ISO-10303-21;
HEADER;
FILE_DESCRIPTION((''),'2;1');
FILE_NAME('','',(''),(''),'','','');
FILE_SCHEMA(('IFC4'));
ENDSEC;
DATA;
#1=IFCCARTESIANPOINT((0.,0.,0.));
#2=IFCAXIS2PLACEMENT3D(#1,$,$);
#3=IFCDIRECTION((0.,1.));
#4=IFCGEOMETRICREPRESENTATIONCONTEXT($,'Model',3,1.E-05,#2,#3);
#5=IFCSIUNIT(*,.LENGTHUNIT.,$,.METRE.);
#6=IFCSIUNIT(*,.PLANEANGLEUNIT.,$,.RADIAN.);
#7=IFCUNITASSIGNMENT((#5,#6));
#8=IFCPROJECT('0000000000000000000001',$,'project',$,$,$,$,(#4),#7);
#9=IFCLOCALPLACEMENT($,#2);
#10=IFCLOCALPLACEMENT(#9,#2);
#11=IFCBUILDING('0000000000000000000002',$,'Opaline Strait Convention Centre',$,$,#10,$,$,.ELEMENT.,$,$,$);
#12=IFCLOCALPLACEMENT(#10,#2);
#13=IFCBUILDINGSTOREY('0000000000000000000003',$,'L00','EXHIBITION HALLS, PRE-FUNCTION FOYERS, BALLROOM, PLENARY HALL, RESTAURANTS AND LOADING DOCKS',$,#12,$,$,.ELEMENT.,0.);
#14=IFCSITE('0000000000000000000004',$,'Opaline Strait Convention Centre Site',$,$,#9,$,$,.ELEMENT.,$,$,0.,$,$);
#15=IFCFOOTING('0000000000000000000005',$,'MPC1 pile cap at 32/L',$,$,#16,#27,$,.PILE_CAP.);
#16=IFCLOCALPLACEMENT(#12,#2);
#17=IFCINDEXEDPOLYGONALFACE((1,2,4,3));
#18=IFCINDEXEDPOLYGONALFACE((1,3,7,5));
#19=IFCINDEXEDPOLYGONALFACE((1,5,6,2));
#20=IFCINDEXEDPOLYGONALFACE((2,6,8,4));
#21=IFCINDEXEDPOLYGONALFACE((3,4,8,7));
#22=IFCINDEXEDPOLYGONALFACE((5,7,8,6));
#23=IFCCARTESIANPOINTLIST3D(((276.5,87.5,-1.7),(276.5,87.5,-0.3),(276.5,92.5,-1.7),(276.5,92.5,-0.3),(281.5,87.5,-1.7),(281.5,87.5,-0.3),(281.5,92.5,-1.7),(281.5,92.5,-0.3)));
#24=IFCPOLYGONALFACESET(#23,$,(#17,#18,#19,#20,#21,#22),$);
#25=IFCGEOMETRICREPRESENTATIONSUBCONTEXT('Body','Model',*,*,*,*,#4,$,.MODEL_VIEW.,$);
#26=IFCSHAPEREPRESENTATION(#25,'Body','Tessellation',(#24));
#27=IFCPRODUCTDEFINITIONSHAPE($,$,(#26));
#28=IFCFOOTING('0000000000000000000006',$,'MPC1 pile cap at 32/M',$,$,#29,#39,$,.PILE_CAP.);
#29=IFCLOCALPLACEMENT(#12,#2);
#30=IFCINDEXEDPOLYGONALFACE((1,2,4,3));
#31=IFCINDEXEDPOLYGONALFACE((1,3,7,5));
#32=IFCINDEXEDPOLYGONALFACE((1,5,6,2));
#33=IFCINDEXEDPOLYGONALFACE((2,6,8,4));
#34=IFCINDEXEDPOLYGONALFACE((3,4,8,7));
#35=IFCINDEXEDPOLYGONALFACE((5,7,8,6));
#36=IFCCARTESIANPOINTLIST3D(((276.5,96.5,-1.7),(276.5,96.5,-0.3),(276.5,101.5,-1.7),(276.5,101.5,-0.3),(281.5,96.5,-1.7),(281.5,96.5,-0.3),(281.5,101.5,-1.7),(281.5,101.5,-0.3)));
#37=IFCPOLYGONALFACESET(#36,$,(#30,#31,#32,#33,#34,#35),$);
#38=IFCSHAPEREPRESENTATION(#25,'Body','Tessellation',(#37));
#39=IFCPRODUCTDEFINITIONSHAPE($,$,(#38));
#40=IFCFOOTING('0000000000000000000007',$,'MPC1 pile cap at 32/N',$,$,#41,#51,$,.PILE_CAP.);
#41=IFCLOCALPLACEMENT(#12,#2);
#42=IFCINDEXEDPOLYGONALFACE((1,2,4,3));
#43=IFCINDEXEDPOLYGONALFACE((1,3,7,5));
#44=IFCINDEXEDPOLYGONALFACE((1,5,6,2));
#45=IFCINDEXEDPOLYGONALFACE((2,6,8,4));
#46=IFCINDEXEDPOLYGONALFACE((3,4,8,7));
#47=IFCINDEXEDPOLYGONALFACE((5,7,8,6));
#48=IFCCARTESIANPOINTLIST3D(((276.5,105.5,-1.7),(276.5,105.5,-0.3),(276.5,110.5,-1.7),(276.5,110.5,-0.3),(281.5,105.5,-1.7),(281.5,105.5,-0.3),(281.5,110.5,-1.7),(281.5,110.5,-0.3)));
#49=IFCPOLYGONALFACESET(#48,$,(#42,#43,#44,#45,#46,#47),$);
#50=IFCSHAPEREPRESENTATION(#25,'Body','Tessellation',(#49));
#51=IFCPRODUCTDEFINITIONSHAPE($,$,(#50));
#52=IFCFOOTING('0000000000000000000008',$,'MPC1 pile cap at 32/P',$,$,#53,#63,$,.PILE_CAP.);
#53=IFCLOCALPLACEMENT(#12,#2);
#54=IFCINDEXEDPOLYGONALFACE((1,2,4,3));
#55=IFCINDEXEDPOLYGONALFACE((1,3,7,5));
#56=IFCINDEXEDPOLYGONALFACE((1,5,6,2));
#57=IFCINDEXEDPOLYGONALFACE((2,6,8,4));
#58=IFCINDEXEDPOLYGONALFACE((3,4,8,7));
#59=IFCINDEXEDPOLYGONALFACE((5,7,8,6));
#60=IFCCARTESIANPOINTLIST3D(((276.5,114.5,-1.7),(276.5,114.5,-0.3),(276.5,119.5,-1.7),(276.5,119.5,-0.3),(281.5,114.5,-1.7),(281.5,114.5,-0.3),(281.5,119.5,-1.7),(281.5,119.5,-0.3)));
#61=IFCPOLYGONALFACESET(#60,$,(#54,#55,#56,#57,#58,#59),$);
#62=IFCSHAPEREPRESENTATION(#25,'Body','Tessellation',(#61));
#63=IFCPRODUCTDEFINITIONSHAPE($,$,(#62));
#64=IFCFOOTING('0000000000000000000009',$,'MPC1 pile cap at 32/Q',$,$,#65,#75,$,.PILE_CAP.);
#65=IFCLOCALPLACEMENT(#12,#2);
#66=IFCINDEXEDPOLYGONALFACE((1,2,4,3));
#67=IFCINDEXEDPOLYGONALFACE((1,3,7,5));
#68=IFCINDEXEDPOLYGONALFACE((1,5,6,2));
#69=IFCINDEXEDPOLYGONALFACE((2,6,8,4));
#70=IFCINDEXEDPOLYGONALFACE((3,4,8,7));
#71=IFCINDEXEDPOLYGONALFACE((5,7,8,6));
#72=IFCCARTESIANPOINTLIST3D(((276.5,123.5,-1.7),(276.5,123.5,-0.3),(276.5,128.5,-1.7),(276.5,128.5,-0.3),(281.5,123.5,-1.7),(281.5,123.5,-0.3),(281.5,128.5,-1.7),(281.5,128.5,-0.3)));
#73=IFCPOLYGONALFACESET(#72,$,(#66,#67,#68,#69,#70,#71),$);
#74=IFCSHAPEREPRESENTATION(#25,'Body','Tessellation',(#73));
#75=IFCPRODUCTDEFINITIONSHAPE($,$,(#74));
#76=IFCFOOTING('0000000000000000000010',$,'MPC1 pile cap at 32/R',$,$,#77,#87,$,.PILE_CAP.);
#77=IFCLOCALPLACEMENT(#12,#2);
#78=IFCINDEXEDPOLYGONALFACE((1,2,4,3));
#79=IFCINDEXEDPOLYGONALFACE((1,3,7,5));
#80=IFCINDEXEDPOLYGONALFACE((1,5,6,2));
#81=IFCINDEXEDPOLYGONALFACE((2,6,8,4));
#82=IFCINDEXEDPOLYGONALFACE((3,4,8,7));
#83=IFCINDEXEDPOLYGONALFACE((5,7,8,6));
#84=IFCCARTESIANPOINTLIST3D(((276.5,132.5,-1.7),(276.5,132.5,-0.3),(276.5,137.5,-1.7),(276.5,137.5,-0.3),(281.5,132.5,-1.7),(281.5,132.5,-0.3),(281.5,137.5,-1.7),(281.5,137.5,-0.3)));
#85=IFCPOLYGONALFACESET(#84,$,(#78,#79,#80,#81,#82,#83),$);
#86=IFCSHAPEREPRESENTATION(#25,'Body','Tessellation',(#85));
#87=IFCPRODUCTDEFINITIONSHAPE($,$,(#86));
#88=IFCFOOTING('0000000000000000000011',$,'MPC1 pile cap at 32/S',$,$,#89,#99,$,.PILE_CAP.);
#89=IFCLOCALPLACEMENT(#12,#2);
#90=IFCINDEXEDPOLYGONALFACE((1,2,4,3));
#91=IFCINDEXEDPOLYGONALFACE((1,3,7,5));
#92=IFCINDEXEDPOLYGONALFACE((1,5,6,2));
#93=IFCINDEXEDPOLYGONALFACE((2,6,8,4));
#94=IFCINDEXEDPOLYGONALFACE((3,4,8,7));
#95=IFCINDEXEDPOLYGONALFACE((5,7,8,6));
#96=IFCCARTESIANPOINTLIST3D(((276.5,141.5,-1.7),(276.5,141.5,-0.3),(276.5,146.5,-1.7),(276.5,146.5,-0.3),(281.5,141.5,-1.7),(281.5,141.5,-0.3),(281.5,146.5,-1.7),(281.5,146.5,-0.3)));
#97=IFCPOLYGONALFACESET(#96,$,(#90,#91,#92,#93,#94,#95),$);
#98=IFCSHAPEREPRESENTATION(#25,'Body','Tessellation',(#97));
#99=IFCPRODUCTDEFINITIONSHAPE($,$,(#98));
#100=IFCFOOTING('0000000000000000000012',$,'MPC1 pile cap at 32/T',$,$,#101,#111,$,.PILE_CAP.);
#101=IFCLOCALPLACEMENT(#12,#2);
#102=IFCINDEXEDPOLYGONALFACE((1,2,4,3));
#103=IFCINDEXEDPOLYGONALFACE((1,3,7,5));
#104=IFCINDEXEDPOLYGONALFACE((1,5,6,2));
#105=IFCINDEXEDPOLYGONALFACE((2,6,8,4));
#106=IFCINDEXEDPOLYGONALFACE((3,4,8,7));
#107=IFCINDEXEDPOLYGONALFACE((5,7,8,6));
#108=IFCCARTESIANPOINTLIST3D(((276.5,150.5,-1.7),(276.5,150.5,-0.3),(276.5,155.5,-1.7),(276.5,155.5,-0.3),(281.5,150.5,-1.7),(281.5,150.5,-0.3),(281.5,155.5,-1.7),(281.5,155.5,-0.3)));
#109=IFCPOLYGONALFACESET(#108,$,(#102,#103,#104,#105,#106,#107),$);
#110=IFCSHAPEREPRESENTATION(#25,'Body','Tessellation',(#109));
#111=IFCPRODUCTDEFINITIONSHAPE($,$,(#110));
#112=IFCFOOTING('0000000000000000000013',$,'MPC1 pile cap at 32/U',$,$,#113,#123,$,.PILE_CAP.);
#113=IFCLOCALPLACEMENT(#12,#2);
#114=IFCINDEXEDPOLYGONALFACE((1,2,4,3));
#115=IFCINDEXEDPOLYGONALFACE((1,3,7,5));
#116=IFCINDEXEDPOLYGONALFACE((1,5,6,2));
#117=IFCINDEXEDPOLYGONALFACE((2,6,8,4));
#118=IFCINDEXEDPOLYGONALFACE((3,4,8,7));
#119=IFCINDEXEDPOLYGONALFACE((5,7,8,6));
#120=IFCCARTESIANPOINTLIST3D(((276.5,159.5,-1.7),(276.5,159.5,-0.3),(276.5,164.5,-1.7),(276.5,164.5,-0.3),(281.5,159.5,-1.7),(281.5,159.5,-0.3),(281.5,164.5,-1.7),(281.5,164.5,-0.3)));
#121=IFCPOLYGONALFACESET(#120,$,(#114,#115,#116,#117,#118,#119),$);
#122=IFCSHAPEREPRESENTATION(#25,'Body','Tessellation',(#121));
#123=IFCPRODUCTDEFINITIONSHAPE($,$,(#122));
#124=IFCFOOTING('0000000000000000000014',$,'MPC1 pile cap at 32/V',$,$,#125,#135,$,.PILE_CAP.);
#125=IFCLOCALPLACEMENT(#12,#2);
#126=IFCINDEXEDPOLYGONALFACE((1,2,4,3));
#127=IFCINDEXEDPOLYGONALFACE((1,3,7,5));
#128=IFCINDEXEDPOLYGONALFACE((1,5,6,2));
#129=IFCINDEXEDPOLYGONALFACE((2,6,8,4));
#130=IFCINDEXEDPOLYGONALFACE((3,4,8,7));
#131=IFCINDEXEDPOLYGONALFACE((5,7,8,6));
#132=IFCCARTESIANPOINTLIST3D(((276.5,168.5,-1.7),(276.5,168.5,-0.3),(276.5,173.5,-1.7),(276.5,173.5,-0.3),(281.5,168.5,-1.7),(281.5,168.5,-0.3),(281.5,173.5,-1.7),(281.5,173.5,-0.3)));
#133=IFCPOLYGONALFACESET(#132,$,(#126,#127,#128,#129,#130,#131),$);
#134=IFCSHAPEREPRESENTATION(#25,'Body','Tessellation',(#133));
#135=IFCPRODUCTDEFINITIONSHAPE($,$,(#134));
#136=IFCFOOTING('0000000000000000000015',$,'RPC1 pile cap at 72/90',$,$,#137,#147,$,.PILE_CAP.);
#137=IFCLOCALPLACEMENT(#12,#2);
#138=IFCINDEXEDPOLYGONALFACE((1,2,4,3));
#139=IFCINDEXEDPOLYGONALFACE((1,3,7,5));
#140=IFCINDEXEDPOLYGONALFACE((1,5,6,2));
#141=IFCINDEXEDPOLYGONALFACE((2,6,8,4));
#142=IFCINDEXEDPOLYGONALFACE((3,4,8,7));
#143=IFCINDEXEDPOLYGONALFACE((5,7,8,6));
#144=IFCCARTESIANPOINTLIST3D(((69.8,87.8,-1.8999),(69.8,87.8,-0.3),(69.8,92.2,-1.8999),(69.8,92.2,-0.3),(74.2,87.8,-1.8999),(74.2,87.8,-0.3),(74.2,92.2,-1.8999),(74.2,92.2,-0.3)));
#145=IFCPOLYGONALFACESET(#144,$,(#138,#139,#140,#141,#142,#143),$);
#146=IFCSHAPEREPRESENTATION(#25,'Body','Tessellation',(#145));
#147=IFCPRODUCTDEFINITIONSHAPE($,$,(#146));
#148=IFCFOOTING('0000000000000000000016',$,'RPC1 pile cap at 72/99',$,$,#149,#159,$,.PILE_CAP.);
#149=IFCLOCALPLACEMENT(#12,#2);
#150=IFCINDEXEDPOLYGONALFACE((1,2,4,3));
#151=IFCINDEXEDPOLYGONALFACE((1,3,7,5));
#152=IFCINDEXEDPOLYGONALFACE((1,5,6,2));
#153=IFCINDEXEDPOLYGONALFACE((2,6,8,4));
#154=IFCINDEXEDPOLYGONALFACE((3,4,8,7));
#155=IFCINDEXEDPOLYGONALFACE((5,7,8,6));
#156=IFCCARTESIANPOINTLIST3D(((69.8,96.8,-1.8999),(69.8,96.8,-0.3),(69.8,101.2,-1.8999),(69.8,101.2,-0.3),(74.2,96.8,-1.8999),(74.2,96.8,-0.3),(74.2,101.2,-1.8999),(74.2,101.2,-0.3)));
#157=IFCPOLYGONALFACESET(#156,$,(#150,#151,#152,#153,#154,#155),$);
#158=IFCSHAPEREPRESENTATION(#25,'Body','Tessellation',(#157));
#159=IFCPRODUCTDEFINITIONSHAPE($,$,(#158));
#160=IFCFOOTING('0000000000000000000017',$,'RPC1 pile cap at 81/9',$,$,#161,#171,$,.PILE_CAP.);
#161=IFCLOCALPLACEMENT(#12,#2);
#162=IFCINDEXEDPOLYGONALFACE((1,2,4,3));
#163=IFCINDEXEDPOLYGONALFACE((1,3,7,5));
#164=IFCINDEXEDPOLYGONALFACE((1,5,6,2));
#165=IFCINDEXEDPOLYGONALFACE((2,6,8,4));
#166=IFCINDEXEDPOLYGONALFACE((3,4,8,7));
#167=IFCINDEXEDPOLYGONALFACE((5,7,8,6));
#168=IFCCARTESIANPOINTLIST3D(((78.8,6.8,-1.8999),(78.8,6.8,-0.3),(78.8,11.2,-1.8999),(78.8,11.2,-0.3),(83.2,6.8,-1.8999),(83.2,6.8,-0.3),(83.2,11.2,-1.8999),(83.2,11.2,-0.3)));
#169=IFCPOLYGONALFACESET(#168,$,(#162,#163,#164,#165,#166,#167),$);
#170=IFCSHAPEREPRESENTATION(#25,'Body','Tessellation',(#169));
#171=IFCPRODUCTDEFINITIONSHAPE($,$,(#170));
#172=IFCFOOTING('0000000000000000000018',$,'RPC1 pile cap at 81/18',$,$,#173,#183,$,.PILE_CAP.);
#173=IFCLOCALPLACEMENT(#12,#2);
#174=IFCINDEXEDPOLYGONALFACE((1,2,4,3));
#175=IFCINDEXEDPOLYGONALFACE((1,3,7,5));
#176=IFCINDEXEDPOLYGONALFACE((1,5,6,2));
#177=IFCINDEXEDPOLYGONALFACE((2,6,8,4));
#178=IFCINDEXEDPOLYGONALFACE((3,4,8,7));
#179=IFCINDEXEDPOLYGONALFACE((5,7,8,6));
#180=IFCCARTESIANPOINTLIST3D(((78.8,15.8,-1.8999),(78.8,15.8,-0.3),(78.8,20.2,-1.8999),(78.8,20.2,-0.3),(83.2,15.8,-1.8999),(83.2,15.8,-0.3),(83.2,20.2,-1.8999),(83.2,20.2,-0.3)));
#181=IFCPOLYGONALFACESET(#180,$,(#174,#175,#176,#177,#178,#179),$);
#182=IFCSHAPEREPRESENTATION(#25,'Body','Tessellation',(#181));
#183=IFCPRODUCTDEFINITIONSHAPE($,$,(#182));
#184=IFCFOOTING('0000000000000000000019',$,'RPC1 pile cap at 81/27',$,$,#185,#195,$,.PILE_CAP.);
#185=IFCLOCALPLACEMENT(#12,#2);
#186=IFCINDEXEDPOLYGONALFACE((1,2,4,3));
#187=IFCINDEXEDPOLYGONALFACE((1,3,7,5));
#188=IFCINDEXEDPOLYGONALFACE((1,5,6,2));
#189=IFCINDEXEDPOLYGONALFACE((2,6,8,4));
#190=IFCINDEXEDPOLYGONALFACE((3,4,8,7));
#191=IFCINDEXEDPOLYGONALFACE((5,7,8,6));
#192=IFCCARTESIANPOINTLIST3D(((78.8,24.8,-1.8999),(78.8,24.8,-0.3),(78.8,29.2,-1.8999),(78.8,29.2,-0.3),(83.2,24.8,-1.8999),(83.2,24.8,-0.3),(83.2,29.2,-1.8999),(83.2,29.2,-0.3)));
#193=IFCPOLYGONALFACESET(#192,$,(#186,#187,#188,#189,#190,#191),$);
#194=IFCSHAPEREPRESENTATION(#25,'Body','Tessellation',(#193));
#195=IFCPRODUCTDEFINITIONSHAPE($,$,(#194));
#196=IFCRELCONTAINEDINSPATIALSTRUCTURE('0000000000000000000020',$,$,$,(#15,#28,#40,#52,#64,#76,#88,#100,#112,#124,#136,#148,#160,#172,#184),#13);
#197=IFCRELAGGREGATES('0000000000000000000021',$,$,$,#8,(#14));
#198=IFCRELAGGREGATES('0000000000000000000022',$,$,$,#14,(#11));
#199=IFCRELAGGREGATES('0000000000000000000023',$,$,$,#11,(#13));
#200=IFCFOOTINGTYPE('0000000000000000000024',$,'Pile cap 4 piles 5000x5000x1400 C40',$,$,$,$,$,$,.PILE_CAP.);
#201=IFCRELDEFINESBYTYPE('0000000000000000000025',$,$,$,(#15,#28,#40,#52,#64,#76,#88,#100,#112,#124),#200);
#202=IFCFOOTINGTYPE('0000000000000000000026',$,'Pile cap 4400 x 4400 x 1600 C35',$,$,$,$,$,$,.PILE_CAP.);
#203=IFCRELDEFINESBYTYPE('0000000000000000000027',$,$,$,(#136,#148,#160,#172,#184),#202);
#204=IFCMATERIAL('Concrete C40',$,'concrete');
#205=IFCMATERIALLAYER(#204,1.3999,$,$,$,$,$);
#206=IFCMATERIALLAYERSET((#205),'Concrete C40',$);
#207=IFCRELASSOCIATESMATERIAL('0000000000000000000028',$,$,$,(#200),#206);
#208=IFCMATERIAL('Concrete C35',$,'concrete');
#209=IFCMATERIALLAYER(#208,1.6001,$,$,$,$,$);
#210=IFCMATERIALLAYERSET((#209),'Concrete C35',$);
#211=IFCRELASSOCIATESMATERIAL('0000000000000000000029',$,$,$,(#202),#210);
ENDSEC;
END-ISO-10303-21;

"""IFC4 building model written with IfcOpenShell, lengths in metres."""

from ifc_helpers import new_model, si_unit, direction, frame, origin, place, context, subcontext, project, spatial, polyline, outline, extrude, material, layer, layer_set, type_object, element, save


model = new_model("IFC4")

# Units and contexts
model_context = context("Model", 3, precision=1e-05, world=origin(), true_north=direction((0.0, 1.0)))
body_context = subcontext(model_context, "Body", "Model", "MODEL_VIEW")
ifc_project = project(units=[si_unit("LENGTHUNIT", "METRE"), si_unit("PLANEANGLEUNIT", "RADIAN")], contexts=[model_context])

# Site, building, storey
site_placement = place(None, origin())
site = spatial("IfcSite", under=ifc_project, at=site_placement, Name="Opaline Strait Convention Centre Site", CompositionType="ELEMENT", RefElevation=0.0)
building_placement = place(site_placement, origin())
building = spatial("IfcBuilding", under=site, at=building_placement, Name="Opaline Strait Convention Centre", CompositionType="ELEMENT")
storey_placement = place(building_placement, origin())
storey = spatial("IfcBuildingStorey", under=building, at=storey_placement, Name="L00", Description="EXHIBITION HALLS, PRE-FUNCTION FOYERS, BALLROOM, PLENARY HALL, RESTAURANTS AND LOADING DOCKS", CompositionType="ELEMENT", Elevation=0.0)

# Footings
ifc_material_1 = material(Name="Concrete C40", Category="concrete")
ifc_layer_1 = layer(ifc_material_1, 1.3999)
ifc_layer_set_1 = layer_set([ifc_layer_1], Name="Concrete C40")
footing_type_1 = type_object("IfcFootingType", Name="Pile cap 4 piles 5000x5000x1400 C40", PredefinedType="PILE_CAP", material=ifc_layer_set_1)
footing_1_placement = place(storey_placement, frame((0.0, 0.0, -1.7)))
element("IfcFooting", 1, at=footing_1_placement, inside=storey, type_object=footing_type_1, Name="MPC1 pile cap at 32/L", PredefinedType="PILE_CAP", context=body_context, shape_type="SweptSolid", body=[
    extrude(outline(polyline([(276.5, 87.5), (281.5, 87.5), (281.5, 92.5), (276.5, 92.5), (276.5, 87.5)])), origin(), (0.0, 0.0, 1.0), 1.3999),
])
footing_2_placement = place(storey_placement, frame((0.0, 0.0, -1.7)))
element("IfcFooting", 2, at=footing_2_placement, inside=storey, type_object=footing_type_1, Name="MPC1 pile cap at 32/M", PredefinedType="PILE_CAP", context=body_context, shape_type="SweptSolid", body=[
    extrude(outline(polyline([(276.5, 96.5), (281.5, 96.5), (281.5, 101.5), (276.5, 101.5), (276.5, 96.5)])), origin(), (0.0, 0.0, 1.0), 1.3999),
])
footing_3_placement = place(storey_placement, frame((0.0, 0.0, -1.7)))
element("IfcFooting", 3, at=footing_3_placement, inside=storey, type_object=footing_type_1, Name="MPC1 pile cap at 32/N", PredefinedType="PILE_CAP", context=body_context, shape_type="SweptSolid", body=[
    extrude(outline(polyline([(276.5, 105.5), (281.5, 105.5), (281.5, 110.5), (276.5, 110.5), (276.5, 105.5)])), origin(), (0.0, 0.0, 1.0), 1.3999),
])
footing_4_placement = place(storey_placement, frame((0.0, 0.0, -1.7)))
element("IfcFooting", 4, at=footing_4_placement, inside=storey, type_object=footing_type_1, Name="MPC1 pile cap at 32/P", PredefinedType="PILE_CAP", context=body_context, shape_type="SweptSolid", body=[
    extrude(outline(polyline([(276.5, 114.5), (281.5, 114.5), (281.5, 119.5), (276.5, 119.5), (276.5, 114.5)])), origin(), (0.0, 0.0, 1.0), 1.3999),
])
footing_5_placement = place(storey_placement, frame((0.0, 0.0, -1.7)))
element("IfcFooting", 5, at=footing_5_placement, inside=storey, type_object=footing_type_1, Name="MPC1 pile cap at 32/Q", PredefinedType="PILE_CAP", context=body_context, shape_type="SweptSolid", body=[
    extrude(outline(polyline([(276.5, 123.5), (281.5, 123.5), (281.5, 128.5), (276.5, 128.5), (276.5, 123.5)])), origin(), (0.0, 0.0, 1.0), 1.3999),
])
footing_6_placement = place(storey_placement, frame((0.0, 0.0, -1.7)))
element("IfcFooting", 6, at=footing_6_placement, inside=storey, type_object=footing_type_1, Name="MPC1 pile cap at 32/R", PredefinedType="PILE_CAP", context=body_context, shape_type="SweptSolid", body=[
    extrude(outline(polyline([(276.5, 132.5), (281.5, 132.5), (281.5, 137.5), (276.5, 137.5), (276.5, 132.5)])), origin(), (0.0, 0.0, 1.0), 1.3999),
])
footing_7_placement = place(storey_placement, frame((0.0, 0.0, -1.7)))
element("IfcFooting", 7, at=footing_7_placement, inside=storey, type_object=footing_type_1, Name="MPC1 pile cap at 32/S", PredefinedType="PILE_CAP", context=body_context, shape_type="SweptSolid", body=[
    extrude(outline(polyline([(276.5, 141.5), (281.5, 141.5), (281.5, 146.5), (276.5, 146.5), (276.5, 141.5)])), origin(), (0.0, 0.0, 1.0), 1.3999),
])
footing_8_placement = place(storey_placement, frame((0.0, 0.0, -1.7)))
element("IfcFooting", 8, at=footing_8_placement, inside=storey, type_object=footing_type_1, Name="MPC1 pile cap at 32/T", PredefinedType="PILE_CAP", context=body_context, shape_type="SweptSolid", body=[
    extrude(outline(polyline([(276.5, 150.5), (281.5, 150.5), (281.5, 155.5), (276.5, 155.5), (276.5, 150.5)])), origin(), (0.0, 0.0, 1.0), 1.3999),
])
footing_9_placement = place(storey_placement, frame((0.0, 0.0, -1.7)))
element("IfcFooting", 9, at=footing_9_placement, inside=storey, type_object=footing_type_1, Name="MPC1 pile cap at 32/U", PredefinedType="PILE_CAP", context=body_context, shape_type="SweptSolid", body=[
    extrude(outline(polyline([(276.5, 159.5), (281.5, 159.5), (281.5, 164.5), (276.5, 164.5), (276.5, 159.5)])), origin(), (0.0, 0.0, 1.0), 1.3999),
])
footing_10_placement = place(storey_placement, frame((0.0, 0.0, -1.7)))
element("IfcFooting", 10, at=footing_10_placement, inside=storey, type_object=footing_type_1, Name="MPC1 pile cap at 32/V", PredefinedType="PILE_CAP", context=body_context, shape_type="SweptSolid", body=[
    extrude(outline(polyline([(276.5, 168.5), (281.5, 168.5), (281.5, 173.5), (276.5, 173.5), (276.5, 168.5)])), origin(), (0.0, 0.0, 1.0), 1.3999),
])
ifc_material_2 = material(Name="Concrete C35", Category="concrete")
ifc_layer_2 = layer(ifc_material_2, 1.6001)
ifc_layer_set_2 = layer_set([ifc_layer_2], Name="Concrete C35")
footing_type_2 = type_object("IfcFootingType", Name="Pile cap 4400 x 4400 x 1600 C35", PredefinedType="PILE_CAP", material=ifc_layer_set_2)
footing_11_placement = place(storey_placement, frame((0.0, 0.0, -1.8999)))
element("IfcFooting", 11, at=footing_11_placement, inside=storey, type_object=footing_type_2, Name="RPC1 pile cap at 72/90", PredefinedType="PILE_CAP", context=body_context, shape_type="SweptSolid", body=[
    extrude(outline(polyline([(69.8, 87.8), (74.2, 87.8), (74.2, 92.2), (69.8, 92.2), (69.8, 87.8)])), origin(), (0.0, 0.0, 1.0), 1.5999),
])
footing_12_placement = place(storey_placement, frame((0.0, 0.0, -1.8999)))
element("IfcFooting", 12, at=footing_12_placement, inside=storey, type_object=footing_type_2, Name="RPC1 pile cap at 72/99", PredefinedType="PILE_CAP", context=body_context, shape_type="SweptSolid", body=[
    extrude(outline(polyline([(69.8, 96.8), (74.2, 96.8), (74.2, 101.2), (69.8, 101.2), (69.8, 96.8)])), origin(), (0.0, 0.0, 1.0), 1.5999),
])
footing_13_placement = place(storey_placement, frame((0.0, 0.0, -1.8999)))
element("IfcFooting", 13, at=footing_13_placement, inside=storey, type_object=footing_type_2, Name="RPC1 pile cap at 81/9", PredefinedType="PILE_CAP", context=body_context, shape_type="SweptSolid", body=[
    extrude(outline(polyline([(78.8, 6.8), (83.2, 6.8), (83.2, 11.2), (78.8, 11.2), (78.8, 6.8)])), origin(), (0.0, 0.0, 1.0), 1.5999),
])
footing_14_placement = place(storey_placement, frame((0.0, 0.0, -1.8999)))
element("IfcFooting", 14, at=footing_14_placement, inside=storey, type_object=footing_type_2, Name="RPC1 pile cap at 81/18", PredefinedType="PILE_CAP", context=body_context, shape_type="SweptSolid", body=[
    extrude(outline(polyline([(78.8, 15.8), (83.2, 15.8), (83.2, 20.2), (78.8, 20.2), (78.8, 15.8)])), origin(), (0.0, 0.0, 1.0), 1.5999),
])
footing_15_placement = place(storey_placement, frame((0.0, 0.0, -1.8999)))
element("IfcFooting", 15, at=footing_15_placement, inside=storey, type_object=footing_type_2, Name="RPC1 pile cap at 81/27", PredefinedType="PILE_CAP", context=body_context, shape_type="SweptSolid", body=[
    extrude(outline(polyline([(78.8, 24.8), (83.2, 24.8), (83.2, 29.2), (78.8, 29.2), (78.8, 24.8)])), origin(), (0.0, 0.0, 1.0), 1.5999),
])

save(model, "model.ifc")
